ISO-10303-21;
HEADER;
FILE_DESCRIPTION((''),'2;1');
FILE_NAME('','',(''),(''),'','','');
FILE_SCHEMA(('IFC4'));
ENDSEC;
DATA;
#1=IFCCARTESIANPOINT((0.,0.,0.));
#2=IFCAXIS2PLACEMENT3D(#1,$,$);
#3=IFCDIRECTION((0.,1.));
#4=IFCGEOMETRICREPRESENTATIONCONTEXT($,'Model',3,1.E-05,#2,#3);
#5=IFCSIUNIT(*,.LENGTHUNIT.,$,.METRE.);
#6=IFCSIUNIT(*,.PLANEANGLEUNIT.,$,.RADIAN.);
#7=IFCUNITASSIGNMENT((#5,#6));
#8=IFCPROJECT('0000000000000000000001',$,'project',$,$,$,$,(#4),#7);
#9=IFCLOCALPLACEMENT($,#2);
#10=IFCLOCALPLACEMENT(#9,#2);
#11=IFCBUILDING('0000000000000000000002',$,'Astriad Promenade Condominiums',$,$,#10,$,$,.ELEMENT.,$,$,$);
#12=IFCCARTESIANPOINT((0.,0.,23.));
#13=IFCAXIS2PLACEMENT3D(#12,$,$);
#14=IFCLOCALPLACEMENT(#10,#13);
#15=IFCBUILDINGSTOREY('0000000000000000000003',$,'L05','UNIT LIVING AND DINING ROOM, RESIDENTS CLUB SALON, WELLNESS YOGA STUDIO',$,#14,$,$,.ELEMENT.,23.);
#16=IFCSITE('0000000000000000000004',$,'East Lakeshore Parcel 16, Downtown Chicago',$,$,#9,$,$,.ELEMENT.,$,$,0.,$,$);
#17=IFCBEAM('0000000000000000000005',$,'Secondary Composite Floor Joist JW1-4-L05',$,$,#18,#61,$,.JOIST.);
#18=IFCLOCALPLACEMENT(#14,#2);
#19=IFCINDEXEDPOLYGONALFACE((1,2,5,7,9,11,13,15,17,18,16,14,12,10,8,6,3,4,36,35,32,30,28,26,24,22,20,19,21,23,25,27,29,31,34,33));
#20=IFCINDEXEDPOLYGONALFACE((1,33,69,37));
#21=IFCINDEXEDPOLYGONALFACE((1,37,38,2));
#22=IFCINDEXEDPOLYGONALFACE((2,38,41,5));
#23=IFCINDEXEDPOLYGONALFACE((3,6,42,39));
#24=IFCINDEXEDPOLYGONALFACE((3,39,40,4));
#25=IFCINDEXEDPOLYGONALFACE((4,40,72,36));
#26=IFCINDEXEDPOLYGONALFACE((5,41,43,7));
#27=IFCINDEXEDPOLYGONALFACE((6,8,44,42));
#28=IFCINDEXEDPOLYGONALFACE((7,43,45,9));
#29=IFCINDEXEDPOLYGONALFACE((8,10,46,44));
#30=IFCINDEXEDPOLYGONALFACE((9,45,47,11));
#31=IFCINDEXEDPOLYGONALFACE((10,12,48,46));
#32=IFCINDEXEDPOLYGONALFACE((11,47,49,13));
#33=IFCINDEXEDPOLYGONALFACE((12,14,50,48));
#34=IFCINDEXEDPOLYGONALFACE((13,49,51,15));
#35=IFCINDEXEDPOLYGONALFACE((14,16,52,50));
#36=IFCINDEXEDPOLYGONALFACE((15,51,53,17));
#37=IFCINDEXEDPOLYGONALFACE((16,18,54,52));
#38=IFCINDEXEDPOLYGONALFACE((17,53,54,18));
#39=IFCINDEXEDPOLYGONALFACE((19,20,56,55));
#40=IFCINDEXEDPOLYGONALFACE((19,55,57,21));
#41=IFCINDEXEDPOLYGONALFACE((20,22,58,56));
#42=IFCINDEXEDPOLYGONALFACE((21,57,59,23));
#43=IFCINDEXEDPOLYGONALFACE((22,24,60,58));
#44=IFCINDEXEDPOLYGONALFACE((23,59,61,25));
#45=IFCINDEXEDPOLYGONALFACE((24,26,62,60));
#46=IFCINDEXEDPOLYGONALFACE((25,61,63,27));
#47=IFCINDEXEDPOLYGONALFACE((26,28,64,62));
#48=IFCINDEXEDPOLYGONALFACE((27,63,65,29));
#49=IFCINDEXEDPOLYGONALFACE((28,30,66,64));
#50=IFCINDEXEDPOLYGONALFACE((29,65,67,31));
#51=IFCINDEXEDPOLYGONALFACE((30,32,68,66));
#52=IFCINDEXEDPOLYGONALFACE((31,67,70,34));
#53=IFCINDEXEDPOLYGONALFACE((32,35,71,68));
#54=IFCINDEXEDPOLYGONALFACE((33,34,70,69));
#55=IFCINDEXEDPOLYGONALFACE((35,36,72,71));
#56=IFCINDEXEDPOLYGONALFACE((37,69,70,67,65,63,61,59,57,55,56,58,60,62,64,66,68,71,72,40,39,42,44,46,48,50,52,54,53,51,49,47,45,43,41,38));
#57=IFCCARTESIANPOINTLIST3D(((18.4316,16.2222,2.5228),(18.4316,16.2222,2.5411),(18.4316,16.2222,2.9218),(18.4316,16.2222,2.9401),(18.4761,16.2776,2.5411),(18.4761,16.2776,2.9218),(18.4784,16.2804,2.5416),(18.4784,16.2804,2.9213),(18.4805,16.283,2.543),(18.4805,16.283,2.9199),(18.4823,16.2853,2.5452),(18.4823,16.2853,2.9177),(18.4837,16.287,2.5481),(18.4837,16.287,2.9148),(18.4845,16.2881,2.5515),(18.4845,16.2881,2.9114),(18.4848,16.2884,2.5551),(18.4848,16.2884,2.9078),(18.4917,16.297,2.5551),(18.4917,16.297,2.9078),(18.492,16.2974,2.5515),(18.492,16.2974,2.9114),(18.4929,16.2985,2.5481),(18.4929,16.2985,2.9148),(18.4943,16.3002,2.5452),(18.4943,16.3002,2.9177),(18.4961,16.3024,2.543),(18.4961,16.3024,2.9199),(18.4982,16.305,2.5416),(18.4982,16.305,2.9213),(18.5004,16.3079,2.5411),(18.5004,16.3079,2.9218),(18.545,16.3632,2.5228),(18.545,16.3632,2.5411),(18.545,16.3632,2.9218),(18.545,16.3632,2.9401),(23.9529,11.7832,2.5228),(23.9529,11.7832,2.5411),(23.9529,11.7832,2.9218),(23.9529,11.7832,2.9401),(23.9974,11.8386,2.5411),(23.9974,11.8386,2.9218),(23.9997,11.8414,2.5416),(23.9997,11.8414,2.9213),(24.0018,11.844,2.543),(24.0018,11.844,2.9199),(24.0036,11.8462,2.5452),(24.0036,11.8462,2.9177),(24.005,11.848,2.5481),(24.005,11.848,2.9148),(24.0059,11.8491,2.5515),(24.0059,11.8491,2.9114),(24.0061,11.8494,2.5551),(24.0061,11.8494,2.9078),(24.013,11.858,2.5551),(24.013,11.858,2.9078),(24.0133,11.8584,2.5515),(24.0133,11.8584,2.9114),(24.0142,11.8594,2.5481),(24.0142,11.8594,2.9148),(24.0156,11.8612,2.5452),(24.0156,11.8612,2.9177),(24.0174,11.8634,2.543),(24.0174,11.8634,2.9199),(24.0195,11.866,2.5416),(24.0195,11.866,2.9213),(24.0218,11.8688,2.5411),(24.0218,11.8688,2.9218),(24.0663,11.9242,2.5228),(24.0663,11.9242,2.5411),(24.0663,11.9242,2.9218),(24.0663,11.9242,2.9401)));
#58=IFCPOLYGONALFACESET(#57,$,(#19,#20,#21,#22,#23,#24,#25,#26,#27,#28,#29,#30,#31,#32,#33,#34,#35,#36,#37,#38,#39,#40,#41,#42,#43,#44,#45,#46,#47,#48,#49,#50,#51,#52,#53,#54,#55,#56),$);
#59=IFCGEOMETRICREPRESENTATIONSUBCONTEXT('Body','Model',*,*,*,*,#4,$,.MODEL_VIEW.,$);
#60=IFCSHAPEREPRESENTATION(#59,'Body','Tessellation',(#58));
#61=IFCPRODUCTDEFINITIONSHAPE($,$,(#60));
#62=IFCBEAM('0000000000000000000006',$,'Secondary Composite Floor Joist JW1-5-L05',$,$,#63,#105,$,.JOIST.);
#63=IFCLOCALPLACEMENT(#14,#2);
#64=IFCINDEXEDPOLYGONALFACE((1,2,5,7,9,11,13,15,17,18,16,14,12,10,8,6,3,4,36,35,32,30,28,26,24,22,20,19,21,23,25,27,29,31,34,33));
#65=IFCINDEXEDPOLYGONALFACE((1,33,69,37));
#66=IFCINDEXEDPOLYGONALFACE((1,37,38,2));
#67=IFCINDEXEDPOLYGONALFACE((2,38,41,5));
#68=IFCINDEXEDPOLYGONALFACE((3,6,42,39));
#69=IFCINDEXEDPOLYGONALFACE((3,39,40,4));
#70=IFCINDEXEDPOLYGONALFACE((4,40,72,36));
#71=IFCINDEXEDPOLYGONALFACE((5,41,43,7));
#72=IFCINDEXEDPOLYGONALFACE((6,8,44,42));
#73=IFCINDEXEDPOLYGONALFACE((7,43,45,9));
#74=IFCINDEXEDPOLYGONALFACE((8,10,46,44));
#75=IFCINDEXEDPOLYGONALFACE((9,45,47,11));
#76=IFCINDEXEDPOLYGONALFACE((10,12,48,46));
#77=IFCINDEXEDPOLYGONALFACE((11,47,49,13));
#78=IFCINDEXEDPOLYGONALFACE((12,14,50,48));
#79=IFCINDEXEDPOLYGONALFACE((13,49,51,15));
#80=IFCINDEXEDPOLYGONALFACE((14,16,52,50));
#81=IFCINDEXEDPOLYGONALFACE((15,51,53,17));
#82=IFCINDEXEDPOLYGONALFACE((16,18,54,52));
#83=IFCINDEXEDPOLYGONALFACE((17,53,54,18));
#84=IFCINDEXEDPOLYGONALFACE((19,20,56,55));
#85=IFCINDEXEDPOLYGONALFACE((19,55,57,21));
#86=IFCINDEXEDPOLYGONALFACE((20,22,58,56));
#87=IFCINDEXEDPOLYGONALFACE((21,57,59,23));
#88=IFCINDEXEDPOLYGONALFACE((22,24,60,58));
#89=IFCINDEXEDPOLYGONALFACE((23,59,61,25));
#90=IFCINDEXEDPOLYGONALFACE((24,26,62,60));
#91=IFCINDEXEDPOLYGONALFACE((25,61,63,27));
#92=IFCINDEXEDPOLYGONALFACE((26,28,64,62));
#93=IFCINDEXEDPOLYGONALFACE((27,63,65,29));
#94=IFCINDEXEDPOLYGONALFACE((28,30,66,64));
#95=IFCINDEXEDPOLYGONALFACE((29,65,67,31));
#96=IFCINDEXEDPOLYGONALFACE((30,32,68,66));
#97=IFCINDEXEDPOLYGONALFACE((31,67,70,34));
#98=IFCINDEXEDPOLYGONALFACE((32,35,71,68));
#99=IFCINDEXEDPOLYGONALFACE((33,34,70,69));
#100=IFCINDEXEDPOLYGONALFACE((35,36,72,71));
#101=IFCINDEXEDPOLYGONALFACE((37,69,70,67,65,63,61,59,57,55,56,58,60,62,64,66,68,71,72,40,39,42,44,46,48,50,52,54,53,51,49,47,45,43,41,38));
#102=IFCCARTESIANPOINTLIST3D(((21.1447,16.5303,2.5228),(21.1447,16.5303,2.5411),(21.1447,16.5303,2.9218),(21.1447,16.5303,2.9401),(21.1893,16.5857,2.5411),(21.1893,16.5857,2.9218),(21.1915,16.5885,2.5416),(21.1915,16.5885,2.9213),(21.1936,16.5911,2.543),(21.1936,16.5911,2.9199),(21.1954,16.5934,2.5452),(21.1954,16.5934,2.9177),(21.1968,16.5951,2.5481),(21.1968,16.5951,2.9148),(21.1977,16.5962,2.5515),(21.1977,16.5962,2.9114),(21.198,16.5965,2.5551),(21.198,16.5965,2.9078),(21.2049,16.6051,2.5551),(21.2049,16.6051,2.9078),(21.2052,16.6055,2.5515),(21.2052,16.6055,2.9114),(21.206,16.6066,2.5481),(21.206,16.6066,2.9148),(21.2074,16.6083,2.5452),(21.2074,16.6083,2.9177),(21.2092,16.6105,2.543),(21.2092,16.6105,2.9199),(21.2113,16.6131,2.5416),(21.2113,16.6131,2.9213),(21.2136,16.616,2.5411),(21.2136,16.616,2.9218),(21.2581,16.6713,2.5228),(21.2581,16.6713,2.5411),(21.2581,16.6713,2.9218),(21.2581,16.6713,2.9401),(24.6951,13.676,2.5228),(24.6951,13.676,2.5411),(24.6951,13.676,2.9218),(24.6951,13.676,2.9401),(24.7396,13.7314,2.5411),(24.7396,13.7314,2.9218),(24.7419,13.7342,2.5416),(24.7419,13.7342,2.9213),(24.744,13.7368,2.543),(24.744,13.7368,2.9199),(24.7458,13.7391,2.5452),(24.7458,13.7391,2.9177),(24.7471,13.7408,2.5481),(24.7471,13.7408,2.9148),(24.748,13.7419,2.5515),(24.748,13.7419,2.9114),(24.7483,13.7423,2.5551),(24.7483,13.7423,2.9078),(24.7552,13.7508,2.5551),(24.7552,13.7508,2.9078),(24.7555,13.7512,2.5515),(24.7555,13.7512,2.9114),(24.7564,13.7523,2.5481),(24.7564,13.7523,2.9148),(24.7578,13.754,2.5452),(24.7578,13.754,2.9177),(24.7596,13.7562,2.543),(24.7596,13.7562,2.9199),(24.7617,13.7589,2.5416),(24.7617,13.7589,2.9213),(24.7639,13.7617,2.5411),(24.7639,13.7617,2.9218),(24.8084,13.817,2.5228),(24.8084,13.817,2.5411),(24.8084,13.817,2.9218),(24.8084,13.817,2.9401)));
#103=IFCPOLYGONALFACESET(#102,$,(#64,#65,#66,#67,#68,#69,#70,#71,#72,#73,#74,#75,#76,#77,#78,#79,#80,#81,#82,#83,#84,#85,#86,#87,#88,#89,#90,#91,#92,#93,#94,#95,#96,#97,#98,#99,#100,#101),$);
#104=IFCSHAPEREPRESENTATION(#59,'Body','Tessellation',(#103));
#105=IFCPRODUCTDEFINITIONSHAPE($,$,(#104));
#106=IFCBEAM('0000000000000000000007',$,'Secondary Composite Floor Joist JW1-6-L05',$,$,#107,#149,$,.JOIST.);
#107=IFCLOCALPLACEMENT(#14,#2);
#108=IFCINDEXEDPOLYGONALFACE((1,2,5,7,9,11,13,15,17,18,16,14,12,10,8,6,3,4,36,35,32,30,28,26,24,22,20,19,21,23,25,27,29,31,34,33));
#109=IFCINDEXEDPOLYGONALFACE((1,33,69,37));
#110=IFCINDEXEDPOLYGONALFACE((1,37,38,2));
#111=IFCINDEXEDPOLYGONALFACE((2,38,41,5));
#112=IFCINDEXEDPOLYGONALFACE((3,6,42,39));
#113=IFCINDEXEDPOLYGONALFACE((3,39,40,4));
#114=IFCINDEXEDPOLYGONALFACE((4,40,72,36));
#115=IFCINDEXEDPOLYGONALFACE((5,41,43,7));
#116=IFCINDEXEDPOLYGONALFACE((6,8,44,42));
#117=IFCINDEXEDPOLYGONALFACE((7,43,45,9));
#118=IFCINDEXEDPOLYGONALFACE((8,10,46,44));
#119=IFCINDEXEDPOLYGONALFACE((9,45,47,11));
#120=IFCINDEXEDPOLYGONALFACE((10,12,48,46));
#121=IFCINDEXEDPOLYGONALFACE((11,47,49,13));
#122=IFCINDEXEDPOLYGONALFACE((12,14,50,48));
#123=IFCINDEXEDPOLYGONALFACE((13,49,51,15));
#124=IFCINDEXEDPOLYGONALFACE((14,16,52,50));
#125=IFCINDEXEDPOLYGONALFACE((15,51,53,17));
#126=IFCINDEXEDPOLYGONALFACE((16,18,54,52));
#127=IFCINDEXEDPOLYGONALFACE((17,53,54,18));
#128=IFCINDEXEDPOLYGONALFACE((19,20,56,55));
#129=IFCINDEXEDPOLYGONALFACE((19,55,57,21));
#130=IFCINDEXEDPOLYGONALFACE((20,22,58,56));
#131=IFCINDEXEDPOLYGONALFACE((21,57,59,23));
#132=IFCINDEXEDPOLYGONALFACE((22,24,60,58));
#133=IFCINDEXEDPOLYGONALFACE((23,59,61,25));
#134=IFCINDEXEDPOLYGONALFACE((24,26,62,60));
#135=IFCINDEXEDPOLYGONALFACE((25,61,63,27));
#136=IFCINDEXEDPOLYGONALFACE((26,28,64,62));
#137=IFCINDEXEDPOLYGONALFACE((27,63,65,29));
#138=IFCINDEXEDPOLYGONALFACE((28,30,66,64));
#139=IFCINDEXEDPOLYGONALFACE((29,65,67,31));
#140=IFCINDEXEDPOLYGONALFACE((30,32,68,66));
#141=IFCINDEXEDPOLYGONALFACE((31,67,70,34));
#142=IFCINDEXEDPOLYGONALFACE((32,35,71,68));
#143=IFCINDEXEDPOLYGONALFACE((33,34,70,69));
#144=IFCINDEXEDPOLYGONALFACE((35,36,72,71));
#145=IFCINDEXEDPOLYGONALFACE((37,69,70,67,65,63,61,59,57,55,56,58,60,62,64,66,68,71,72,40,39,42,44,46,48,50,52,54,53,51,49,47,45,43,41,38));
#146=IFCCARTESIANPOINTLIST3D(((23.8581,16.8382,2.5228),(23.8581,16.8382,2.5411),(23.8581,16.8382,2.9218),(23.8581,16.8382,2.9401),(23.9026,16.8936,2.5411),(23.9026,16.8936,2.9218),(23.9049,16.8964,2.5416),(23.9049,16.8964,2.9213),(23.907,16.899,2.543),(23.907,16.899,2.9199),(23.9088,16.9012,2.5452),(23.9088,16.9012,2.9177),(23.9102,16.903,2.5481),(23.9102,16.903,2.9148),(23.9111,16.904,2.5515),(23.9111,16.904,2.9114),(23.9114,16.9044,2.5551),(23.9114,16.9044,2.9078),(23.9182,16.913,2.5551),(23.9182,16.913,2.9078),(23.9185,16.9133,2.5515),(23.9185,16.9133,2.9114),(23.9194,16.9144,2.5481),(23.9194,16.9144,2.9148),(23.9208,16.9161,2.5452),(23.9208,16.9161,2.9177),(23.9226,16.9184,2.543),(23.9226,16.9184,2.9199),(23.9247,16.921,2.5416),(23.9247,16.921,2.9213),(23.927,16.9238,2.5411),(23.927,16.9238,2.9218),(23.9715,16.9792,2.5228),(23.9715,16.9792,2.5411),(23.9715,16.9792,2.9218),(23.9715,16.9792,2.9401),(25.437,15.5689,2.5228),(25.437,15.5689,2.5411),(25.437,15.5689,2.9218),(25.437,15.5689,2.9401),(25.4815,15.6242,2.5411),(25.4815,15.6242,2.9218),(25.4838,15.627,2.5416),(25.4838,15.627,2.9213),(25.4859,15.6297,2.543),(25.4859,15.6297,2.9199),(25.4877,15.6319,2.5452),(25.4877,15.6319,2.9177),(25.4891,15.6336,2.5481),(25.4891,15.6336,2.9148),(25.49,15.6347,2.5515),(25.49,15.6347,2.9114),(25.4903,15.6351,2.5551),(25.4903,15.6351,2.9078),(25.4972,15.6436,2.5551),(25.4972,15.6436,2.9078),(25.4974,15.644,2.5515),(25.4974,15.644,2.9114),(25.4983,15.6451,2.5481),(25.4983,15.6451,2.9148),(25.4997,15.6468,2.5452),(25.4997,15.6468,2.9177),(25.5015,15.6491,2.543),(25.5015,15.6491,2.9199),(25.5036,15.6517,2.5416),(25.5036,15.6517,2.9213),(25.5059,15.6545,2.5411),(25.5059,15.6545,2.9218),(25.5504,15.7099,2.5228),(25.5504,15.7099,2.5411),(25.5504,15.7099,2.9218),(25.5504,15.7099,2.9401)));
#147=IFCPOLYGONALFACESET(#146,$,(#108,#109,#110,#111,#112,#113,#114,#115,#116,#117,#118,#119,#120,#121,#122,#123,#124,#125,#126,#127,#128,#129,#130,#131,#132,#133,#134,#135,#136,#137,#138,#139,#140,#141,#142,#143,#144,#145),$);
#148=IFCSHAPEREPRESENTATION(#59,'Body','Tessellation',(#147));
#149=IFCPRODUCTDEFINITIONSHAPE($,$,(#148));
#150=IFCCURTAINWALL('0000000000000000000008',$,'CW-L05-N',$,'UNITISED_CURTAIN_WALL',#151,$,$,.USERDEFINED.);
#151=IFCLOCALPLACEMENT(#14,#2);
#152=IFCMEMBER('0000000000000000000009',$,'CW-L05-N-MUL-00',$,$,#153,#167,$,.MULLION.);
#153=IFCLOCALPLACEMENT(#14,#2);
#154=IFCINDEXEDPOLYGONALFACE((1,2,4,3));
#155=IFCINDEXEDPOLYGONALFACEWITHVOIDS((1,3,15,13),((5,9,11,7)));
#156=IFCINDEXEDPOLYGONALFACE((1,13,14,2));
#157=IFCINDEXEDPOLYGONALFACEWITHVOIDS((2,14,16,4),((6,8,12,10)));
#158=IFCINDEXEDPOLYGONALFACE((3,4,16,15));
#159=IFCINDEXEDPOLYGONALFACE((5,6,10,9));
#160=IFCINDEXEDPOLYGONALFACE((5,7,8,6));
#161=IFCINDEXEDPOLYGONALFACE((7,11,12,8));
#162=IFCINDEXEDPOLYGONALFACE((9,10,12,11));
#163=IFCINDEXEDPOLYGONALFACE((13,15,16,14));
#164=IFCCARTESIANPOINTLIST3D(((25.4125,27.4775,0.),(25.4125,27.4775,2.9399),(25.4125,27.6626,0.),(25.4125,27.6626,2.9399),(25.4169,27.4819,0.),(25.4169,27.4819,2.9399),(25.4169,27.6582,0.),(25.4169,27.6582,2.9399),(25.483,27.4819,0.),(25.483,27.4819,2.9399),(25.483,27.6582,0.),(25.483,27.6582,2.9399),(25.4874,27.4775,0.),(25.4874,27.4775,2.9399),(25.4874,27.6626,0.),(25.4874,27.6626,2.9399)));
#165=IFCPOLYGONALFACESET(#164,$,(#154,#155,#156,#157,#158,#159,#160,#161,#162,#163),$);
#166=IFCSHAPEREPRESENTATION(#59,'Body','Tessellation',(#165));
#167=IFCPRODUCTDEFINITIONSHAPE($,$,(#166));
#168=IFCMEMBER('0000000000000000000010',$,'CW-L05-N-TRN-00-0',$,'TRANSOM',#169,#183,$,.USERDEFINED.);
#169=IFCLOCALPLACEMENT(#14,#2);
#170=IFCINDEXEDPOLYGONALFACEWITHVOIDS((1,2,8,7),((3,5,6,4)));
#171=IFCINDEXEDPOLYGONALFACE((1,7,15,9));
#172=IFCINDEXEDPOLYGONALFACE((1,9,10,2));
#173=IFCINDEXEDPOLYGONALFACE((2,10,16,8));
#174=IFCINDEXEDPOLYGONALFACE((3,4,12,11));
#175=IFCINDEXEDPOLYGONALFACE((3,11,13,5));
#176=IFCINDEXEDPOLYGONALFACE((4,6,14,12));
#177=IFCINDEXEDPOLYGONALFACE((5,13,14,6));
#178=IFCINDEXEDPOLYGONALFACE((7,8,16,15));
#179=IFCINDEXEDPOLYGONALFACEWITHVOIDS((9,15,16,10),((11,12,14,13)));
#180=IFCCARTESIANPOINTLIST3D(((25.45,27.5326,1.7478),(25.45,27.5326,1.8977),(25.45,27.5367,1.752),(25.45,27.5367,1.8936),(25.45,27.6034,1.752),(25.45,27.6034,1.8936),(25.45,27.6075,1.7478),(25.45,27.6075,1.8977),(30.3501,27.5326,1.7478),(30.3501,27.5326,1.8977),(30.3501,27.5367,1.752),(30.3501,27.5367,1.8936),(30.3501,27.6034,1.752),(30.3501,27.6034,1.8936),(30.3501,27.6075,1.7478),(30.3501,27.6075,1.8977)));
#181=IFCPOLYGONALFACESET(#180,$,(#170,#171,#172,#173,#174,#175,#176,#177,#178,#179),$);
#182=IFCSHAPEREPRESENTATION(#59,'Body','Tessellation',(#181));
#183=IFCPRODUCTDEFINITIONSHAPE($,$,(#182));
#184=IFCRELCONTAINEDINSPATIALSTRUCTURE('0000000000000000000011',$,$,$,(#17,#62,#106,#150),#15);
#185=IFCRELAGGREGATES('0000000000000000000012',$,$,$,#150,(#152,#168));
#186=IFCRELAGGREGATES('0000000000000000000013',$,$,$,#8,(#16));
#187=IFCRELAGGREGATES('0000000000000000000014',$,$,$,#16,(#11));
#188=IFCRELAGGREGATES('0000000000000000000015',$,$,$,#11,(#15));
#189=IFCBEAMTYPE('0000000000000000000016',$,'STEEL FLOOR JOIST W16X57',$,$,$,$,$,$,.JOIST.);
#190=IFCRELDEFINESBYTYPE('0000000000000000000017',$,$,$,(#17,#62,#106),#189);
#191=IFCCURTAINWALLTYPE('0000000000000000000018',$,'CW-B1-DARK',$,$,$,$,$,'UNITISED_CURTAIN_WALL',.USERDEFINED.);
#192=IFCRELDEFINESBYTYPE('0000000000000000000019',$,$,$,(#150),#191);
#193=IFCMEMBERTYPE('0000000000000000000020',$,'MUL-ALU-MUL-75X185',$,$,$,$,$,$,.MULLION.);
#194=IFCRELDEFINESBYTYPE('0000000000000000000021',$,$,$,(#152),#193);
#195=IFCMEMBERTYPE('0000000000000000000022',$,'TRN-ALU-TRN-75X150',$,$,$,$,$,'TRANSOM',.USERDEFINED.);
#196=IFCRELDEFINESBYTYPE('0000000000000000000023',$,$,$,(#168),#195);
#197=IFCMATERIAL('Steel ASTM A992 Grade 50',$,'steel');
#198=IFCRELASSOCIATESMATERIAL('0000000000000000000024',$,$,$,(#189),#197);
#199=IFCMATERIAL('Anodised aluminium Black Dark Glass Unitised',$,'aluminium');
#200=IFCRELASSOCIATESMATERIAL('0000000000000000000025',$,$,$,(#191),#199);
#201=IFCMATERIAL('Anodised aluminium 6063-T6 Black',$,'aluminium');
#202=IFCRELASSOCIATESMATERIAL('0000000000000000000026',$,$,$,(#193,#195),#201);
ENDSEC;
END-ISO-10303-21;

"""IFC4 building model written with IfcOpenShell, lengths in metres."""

from ifc_helpers import new_model, si_unit, direction, frame, origin, origin_2d, place, context, subcontext, project, spatial, hollow_rectangle, i_section, extrude, source, transform, mapped, material, material_profile, profile_set, type_object, type_shapes, element, aggregate, save


model = new_model("IFC4")

# Units and contexts
model_context = context("Model", 3, precision=1e-05, world=origin(), true_north=direction((0.0, 1.0)))
body_context = subcontext(model_context, "Body", "Model", "MODEL_VIEW")
ifc_project = project(units=[si_unit("LENGTHUNIT", "METRE"), si_unit("PLANEANGLEUNIT", "RADIAN")], contexts=[model_context])

# Site, building, storey
site_placement = place(None, origin())
site = spatial("IfcSite", under=ifc_project, at=site_placement, Name="East Lakeshore Parcel 16, Downtown Chicago", CompositionType="ELEMENT", RefElevation=0.0)
building_placement = place(site_placement, origin())
building = spatial("IfcBuilding", under=site, at=building_placement, Name="Astriad Promenade Condominiums", CompositionType="ELEMENT")
storey_placement = place(building_placement, frame((0.0, 0.0, 23.0)))
storey = spatial("IfcBuildingStorey", under=building, at=storey_placement, Name="L05", Description="UNIT LIVING AND DINING ROOM, RESIDENTS CLUB SALON, WELLNESS YOGA STUDIO", CompositionType="ELEMENT", Elevation=23.0)

# Shared definitions
ifc_material_1 = material(Name="Steel ASTM A992 Grade 50", Category="steel")

# Beams
ifc_material_profile_1 = material_profile(ifc_material_1, i_section(OverallWidth=0.1809, OverallDepth=0.4172, WebThickness=0.011, FlangeThickness=0.0183, FilletRadius=0.0139, at=origin_2d()), Name="W16X57")
ifc_profile_set_1 = profile_set([ifc_material_profile_1], Name="Steel ASTM A992 Grade 50")
beam_type_1 = type_object("IfcBeamType", Name="STEEL FLOOR JOIST W16X57", PredefinedType="JOIST", material=ifc_profile_set_1)
shared_shape_1 = source(origin(), body_context, "Body", "SweptSolid", [
    extrude(i_section(OverallWidth=0.1809, OverallDepth=0.4172, WebThickness=0.011, FlangeThickness=0.0183, FilletRadius=0.0139, at=origin_2d()), origin(), (0.0, 0.0, 1.0), 7.0845),
])
beam_1_placement = place(storey_placement, frame((18.4883, 16.2927, 2.7314), z_axis=(0.779354, -0.626584, 0.0), x_axis=(0.626584, 0.779354, 0.0)))
element("IfcBeam", 1, at=beam_1_placement, inside=storey, type_object=beam_type_1, Name="Secondary Composite Floor Joist JW1-4-L05", PredefinedType="JOIST", context=body_context, shape_type="MappedRepresentation", body=[
    mapped(shared_shape_1, transform((0.0, 0.0, 0.0), scale=1.0)),
])
shared_shape_2 = source(origin(), body_context, "Body", "SweptSolid", [
    extrude(i_section(OverallWidth=0.1809, OverallDepth=0.4172, WebThickness=0.011, FlangeThickness=0.0183, FilletRadius=0.0139, at=origin_2d()), origin(), (0.0, 0.0, 1.0), 4.5554),
])
beam_2_placement = place(storey_placement, frame((21.2014, 16.6008, 2.7314), z_axis=(0.779366, -0.626569, 0.0), x_axis=(0.626569, 0.779366, 0.0)))
element("IfcBeam", 2, at=beam_2_placement, inside=storey, type_object=beam_type_1, Name="Secondary Composite Floor Joist JW1-5-L05", PredefinedType="JOIST", context=body_context, shape_type="MappedRepresentation", body=[
    mapped(shared_shape_2, transform((0.0, 0.0, 0.0), scale=1.0)),
])
shared_shape_3 = source(origin(), body_context, "Body", "SweptSolid", [
    extrude(i_section(OverallWidth=0.1809, OverallDepth=0.4172, WebThickness=0.011, FlangeThickness=0.0183, FilletRadius=0.0139, at=origin_2d()), origin(), (0.0, 0.0, 1.0), 2.0259),
])
type_shapes(beam_type_1, [shared_shape_1, shared_shape_2, shared_shape_3])
beam_3_placement = place(storey_placement, frame((23.9148, 16.9087, 2.7314), z_axis=(0.779373, -0.62656, 0.0), x_axis=(0.62656, 0.779373, 0.0)))
element("IfcBeam", 3, at=beam_3_placement, inside=storey, type_object=beam_type_1, Name="Secondary Composite Floor Joist JW1-6-L05", PredefinedType="JOIST", context=body_context, shape_type="MappedRepresentation", body=[
    mapped(shared_shape_3, transform((0.0, 0.0, 0.0), scale=1.0)),
])

# Curtain wall, members
ifc_material_2 = material(Name="Anodised aluminium Black Dark Glass Unitised", Category="aluminium")
curtain_wall_type = type_object("IfcCurtainWallType", Name="CW-B1-DARK", ElementType="UNITISED_CURTAIN_WALL", PredefinedType="USERDEFINED", material=ifc_material_2)
curtain_wall_placement = place(storey_placement, origin())
curtain_wall = element("IfcCurtainWall", 4, at=curtain_wall_placement, inside=storey, type_object=curtain_wall_type, Name="CW-L05-N", ObjectType="UNITISED_CURTAIN_WALL", PredefinedType="USERDEFINED")
ifc_material_3 = material(Name="Anodised aluminium 6063-T6 Black", Category="aluminium")
ifc_material_profile_2 = material_profile(ifc_material_3, hollow_rectangle(XDim=0.075, YDim=0.1851, WallThickness=0.0044, at=origin_2d()), Name="ALU-MUL-75X185")
ifc_profile_set_2 = profile_set([ifc_material_profile_2], Name="Anodised aluminium 6063-T6 Black")
member_type_1 = type_object("IfcMemberType", Name="MUL-ALU-MUL-75X185", PredefinedType="MULLION", material=ifc_profile_set_2)
shared_shape_4 = source(origin(), body_context, "Body", "SweptSolid", [
    extrude(hollow_rectangle(XDim=0.075, YDim=0.1851, WallThickness=0.0044, at=origin_2d()), origin(), (0.0, 0.0, 1.0), 2.9399),
])
type_shapes(member_type_1, [shared_shape_4])
member_1_placement = place(storey_placement, frame((25.45, 27.5701, 0.0), z_axis=(0.0, 0.0, 1.0), x_axis=(1.0, 0.0, 0.0)))
member_1 = element("IfcMember", 5, at=member_1_placement, type_object=member_type_1, Name="CW-L05-N-MUL-00", PredefinedType="MULLION", context=body_context, shape_type="MappedRepresentation", body=[
    mapped(shared_shape_4, transform((0.0, 0.0, 0.0), scale=1.0)),
])
ifc_material_profile_3 = material_profile(ifc_material_3, hollow_rectangle(XDim=0.075, YDim=0.1499, WallThickness=0.0042, at=origin_2d()), Name="ALU-TRN-75X150")
ifc_profile_set_3 = profile_set([ifc_material_profile_3], Name="Anodised aluminium 6063-T6 Black")
member_type_2 = type_object("IfcMemberType", Name="TRN-ALU-TRN-75X150", ElementType="TRANSOM", PredefinedType="USERDEFINED", material=ifc_profile_set_3)
shared_shape_5 = source(origin(), body_context, "Body", "SweptSolid", [
    extrude(hollow_rectangle(XDim=0.075, YDim=0.1499, WallThickness=0.0042, at=origin_2d()), origin(), (0.0, 0.0, 1.0), 4.9001),
])
type_shapes(member_type_2, [shared_shape_5])
member_2_placement = place(storey_placement, frame((25.45, 27.5701, 1.8228), z_axis=(1.0, 0.0, 0.0), x_axis=(0.0, 1.0, 0.0)))
member_2 = element("IfcMember", 6, at=member_2_placement, type_object=member_type_2, Name="CW-L05-N-TRN-00-0", ObjectType="TRANSOM", PredefinedType="USERDEFINED", context=body_context, shape_type="MappedRepresentation", body=[
    mapped(shared_shape_5, transform((0.0, 0.0, 0.0), scale=1.0)),
])
aggregate(curtain_wall, [member_1, member_2])

save(model, "model.ifc")
